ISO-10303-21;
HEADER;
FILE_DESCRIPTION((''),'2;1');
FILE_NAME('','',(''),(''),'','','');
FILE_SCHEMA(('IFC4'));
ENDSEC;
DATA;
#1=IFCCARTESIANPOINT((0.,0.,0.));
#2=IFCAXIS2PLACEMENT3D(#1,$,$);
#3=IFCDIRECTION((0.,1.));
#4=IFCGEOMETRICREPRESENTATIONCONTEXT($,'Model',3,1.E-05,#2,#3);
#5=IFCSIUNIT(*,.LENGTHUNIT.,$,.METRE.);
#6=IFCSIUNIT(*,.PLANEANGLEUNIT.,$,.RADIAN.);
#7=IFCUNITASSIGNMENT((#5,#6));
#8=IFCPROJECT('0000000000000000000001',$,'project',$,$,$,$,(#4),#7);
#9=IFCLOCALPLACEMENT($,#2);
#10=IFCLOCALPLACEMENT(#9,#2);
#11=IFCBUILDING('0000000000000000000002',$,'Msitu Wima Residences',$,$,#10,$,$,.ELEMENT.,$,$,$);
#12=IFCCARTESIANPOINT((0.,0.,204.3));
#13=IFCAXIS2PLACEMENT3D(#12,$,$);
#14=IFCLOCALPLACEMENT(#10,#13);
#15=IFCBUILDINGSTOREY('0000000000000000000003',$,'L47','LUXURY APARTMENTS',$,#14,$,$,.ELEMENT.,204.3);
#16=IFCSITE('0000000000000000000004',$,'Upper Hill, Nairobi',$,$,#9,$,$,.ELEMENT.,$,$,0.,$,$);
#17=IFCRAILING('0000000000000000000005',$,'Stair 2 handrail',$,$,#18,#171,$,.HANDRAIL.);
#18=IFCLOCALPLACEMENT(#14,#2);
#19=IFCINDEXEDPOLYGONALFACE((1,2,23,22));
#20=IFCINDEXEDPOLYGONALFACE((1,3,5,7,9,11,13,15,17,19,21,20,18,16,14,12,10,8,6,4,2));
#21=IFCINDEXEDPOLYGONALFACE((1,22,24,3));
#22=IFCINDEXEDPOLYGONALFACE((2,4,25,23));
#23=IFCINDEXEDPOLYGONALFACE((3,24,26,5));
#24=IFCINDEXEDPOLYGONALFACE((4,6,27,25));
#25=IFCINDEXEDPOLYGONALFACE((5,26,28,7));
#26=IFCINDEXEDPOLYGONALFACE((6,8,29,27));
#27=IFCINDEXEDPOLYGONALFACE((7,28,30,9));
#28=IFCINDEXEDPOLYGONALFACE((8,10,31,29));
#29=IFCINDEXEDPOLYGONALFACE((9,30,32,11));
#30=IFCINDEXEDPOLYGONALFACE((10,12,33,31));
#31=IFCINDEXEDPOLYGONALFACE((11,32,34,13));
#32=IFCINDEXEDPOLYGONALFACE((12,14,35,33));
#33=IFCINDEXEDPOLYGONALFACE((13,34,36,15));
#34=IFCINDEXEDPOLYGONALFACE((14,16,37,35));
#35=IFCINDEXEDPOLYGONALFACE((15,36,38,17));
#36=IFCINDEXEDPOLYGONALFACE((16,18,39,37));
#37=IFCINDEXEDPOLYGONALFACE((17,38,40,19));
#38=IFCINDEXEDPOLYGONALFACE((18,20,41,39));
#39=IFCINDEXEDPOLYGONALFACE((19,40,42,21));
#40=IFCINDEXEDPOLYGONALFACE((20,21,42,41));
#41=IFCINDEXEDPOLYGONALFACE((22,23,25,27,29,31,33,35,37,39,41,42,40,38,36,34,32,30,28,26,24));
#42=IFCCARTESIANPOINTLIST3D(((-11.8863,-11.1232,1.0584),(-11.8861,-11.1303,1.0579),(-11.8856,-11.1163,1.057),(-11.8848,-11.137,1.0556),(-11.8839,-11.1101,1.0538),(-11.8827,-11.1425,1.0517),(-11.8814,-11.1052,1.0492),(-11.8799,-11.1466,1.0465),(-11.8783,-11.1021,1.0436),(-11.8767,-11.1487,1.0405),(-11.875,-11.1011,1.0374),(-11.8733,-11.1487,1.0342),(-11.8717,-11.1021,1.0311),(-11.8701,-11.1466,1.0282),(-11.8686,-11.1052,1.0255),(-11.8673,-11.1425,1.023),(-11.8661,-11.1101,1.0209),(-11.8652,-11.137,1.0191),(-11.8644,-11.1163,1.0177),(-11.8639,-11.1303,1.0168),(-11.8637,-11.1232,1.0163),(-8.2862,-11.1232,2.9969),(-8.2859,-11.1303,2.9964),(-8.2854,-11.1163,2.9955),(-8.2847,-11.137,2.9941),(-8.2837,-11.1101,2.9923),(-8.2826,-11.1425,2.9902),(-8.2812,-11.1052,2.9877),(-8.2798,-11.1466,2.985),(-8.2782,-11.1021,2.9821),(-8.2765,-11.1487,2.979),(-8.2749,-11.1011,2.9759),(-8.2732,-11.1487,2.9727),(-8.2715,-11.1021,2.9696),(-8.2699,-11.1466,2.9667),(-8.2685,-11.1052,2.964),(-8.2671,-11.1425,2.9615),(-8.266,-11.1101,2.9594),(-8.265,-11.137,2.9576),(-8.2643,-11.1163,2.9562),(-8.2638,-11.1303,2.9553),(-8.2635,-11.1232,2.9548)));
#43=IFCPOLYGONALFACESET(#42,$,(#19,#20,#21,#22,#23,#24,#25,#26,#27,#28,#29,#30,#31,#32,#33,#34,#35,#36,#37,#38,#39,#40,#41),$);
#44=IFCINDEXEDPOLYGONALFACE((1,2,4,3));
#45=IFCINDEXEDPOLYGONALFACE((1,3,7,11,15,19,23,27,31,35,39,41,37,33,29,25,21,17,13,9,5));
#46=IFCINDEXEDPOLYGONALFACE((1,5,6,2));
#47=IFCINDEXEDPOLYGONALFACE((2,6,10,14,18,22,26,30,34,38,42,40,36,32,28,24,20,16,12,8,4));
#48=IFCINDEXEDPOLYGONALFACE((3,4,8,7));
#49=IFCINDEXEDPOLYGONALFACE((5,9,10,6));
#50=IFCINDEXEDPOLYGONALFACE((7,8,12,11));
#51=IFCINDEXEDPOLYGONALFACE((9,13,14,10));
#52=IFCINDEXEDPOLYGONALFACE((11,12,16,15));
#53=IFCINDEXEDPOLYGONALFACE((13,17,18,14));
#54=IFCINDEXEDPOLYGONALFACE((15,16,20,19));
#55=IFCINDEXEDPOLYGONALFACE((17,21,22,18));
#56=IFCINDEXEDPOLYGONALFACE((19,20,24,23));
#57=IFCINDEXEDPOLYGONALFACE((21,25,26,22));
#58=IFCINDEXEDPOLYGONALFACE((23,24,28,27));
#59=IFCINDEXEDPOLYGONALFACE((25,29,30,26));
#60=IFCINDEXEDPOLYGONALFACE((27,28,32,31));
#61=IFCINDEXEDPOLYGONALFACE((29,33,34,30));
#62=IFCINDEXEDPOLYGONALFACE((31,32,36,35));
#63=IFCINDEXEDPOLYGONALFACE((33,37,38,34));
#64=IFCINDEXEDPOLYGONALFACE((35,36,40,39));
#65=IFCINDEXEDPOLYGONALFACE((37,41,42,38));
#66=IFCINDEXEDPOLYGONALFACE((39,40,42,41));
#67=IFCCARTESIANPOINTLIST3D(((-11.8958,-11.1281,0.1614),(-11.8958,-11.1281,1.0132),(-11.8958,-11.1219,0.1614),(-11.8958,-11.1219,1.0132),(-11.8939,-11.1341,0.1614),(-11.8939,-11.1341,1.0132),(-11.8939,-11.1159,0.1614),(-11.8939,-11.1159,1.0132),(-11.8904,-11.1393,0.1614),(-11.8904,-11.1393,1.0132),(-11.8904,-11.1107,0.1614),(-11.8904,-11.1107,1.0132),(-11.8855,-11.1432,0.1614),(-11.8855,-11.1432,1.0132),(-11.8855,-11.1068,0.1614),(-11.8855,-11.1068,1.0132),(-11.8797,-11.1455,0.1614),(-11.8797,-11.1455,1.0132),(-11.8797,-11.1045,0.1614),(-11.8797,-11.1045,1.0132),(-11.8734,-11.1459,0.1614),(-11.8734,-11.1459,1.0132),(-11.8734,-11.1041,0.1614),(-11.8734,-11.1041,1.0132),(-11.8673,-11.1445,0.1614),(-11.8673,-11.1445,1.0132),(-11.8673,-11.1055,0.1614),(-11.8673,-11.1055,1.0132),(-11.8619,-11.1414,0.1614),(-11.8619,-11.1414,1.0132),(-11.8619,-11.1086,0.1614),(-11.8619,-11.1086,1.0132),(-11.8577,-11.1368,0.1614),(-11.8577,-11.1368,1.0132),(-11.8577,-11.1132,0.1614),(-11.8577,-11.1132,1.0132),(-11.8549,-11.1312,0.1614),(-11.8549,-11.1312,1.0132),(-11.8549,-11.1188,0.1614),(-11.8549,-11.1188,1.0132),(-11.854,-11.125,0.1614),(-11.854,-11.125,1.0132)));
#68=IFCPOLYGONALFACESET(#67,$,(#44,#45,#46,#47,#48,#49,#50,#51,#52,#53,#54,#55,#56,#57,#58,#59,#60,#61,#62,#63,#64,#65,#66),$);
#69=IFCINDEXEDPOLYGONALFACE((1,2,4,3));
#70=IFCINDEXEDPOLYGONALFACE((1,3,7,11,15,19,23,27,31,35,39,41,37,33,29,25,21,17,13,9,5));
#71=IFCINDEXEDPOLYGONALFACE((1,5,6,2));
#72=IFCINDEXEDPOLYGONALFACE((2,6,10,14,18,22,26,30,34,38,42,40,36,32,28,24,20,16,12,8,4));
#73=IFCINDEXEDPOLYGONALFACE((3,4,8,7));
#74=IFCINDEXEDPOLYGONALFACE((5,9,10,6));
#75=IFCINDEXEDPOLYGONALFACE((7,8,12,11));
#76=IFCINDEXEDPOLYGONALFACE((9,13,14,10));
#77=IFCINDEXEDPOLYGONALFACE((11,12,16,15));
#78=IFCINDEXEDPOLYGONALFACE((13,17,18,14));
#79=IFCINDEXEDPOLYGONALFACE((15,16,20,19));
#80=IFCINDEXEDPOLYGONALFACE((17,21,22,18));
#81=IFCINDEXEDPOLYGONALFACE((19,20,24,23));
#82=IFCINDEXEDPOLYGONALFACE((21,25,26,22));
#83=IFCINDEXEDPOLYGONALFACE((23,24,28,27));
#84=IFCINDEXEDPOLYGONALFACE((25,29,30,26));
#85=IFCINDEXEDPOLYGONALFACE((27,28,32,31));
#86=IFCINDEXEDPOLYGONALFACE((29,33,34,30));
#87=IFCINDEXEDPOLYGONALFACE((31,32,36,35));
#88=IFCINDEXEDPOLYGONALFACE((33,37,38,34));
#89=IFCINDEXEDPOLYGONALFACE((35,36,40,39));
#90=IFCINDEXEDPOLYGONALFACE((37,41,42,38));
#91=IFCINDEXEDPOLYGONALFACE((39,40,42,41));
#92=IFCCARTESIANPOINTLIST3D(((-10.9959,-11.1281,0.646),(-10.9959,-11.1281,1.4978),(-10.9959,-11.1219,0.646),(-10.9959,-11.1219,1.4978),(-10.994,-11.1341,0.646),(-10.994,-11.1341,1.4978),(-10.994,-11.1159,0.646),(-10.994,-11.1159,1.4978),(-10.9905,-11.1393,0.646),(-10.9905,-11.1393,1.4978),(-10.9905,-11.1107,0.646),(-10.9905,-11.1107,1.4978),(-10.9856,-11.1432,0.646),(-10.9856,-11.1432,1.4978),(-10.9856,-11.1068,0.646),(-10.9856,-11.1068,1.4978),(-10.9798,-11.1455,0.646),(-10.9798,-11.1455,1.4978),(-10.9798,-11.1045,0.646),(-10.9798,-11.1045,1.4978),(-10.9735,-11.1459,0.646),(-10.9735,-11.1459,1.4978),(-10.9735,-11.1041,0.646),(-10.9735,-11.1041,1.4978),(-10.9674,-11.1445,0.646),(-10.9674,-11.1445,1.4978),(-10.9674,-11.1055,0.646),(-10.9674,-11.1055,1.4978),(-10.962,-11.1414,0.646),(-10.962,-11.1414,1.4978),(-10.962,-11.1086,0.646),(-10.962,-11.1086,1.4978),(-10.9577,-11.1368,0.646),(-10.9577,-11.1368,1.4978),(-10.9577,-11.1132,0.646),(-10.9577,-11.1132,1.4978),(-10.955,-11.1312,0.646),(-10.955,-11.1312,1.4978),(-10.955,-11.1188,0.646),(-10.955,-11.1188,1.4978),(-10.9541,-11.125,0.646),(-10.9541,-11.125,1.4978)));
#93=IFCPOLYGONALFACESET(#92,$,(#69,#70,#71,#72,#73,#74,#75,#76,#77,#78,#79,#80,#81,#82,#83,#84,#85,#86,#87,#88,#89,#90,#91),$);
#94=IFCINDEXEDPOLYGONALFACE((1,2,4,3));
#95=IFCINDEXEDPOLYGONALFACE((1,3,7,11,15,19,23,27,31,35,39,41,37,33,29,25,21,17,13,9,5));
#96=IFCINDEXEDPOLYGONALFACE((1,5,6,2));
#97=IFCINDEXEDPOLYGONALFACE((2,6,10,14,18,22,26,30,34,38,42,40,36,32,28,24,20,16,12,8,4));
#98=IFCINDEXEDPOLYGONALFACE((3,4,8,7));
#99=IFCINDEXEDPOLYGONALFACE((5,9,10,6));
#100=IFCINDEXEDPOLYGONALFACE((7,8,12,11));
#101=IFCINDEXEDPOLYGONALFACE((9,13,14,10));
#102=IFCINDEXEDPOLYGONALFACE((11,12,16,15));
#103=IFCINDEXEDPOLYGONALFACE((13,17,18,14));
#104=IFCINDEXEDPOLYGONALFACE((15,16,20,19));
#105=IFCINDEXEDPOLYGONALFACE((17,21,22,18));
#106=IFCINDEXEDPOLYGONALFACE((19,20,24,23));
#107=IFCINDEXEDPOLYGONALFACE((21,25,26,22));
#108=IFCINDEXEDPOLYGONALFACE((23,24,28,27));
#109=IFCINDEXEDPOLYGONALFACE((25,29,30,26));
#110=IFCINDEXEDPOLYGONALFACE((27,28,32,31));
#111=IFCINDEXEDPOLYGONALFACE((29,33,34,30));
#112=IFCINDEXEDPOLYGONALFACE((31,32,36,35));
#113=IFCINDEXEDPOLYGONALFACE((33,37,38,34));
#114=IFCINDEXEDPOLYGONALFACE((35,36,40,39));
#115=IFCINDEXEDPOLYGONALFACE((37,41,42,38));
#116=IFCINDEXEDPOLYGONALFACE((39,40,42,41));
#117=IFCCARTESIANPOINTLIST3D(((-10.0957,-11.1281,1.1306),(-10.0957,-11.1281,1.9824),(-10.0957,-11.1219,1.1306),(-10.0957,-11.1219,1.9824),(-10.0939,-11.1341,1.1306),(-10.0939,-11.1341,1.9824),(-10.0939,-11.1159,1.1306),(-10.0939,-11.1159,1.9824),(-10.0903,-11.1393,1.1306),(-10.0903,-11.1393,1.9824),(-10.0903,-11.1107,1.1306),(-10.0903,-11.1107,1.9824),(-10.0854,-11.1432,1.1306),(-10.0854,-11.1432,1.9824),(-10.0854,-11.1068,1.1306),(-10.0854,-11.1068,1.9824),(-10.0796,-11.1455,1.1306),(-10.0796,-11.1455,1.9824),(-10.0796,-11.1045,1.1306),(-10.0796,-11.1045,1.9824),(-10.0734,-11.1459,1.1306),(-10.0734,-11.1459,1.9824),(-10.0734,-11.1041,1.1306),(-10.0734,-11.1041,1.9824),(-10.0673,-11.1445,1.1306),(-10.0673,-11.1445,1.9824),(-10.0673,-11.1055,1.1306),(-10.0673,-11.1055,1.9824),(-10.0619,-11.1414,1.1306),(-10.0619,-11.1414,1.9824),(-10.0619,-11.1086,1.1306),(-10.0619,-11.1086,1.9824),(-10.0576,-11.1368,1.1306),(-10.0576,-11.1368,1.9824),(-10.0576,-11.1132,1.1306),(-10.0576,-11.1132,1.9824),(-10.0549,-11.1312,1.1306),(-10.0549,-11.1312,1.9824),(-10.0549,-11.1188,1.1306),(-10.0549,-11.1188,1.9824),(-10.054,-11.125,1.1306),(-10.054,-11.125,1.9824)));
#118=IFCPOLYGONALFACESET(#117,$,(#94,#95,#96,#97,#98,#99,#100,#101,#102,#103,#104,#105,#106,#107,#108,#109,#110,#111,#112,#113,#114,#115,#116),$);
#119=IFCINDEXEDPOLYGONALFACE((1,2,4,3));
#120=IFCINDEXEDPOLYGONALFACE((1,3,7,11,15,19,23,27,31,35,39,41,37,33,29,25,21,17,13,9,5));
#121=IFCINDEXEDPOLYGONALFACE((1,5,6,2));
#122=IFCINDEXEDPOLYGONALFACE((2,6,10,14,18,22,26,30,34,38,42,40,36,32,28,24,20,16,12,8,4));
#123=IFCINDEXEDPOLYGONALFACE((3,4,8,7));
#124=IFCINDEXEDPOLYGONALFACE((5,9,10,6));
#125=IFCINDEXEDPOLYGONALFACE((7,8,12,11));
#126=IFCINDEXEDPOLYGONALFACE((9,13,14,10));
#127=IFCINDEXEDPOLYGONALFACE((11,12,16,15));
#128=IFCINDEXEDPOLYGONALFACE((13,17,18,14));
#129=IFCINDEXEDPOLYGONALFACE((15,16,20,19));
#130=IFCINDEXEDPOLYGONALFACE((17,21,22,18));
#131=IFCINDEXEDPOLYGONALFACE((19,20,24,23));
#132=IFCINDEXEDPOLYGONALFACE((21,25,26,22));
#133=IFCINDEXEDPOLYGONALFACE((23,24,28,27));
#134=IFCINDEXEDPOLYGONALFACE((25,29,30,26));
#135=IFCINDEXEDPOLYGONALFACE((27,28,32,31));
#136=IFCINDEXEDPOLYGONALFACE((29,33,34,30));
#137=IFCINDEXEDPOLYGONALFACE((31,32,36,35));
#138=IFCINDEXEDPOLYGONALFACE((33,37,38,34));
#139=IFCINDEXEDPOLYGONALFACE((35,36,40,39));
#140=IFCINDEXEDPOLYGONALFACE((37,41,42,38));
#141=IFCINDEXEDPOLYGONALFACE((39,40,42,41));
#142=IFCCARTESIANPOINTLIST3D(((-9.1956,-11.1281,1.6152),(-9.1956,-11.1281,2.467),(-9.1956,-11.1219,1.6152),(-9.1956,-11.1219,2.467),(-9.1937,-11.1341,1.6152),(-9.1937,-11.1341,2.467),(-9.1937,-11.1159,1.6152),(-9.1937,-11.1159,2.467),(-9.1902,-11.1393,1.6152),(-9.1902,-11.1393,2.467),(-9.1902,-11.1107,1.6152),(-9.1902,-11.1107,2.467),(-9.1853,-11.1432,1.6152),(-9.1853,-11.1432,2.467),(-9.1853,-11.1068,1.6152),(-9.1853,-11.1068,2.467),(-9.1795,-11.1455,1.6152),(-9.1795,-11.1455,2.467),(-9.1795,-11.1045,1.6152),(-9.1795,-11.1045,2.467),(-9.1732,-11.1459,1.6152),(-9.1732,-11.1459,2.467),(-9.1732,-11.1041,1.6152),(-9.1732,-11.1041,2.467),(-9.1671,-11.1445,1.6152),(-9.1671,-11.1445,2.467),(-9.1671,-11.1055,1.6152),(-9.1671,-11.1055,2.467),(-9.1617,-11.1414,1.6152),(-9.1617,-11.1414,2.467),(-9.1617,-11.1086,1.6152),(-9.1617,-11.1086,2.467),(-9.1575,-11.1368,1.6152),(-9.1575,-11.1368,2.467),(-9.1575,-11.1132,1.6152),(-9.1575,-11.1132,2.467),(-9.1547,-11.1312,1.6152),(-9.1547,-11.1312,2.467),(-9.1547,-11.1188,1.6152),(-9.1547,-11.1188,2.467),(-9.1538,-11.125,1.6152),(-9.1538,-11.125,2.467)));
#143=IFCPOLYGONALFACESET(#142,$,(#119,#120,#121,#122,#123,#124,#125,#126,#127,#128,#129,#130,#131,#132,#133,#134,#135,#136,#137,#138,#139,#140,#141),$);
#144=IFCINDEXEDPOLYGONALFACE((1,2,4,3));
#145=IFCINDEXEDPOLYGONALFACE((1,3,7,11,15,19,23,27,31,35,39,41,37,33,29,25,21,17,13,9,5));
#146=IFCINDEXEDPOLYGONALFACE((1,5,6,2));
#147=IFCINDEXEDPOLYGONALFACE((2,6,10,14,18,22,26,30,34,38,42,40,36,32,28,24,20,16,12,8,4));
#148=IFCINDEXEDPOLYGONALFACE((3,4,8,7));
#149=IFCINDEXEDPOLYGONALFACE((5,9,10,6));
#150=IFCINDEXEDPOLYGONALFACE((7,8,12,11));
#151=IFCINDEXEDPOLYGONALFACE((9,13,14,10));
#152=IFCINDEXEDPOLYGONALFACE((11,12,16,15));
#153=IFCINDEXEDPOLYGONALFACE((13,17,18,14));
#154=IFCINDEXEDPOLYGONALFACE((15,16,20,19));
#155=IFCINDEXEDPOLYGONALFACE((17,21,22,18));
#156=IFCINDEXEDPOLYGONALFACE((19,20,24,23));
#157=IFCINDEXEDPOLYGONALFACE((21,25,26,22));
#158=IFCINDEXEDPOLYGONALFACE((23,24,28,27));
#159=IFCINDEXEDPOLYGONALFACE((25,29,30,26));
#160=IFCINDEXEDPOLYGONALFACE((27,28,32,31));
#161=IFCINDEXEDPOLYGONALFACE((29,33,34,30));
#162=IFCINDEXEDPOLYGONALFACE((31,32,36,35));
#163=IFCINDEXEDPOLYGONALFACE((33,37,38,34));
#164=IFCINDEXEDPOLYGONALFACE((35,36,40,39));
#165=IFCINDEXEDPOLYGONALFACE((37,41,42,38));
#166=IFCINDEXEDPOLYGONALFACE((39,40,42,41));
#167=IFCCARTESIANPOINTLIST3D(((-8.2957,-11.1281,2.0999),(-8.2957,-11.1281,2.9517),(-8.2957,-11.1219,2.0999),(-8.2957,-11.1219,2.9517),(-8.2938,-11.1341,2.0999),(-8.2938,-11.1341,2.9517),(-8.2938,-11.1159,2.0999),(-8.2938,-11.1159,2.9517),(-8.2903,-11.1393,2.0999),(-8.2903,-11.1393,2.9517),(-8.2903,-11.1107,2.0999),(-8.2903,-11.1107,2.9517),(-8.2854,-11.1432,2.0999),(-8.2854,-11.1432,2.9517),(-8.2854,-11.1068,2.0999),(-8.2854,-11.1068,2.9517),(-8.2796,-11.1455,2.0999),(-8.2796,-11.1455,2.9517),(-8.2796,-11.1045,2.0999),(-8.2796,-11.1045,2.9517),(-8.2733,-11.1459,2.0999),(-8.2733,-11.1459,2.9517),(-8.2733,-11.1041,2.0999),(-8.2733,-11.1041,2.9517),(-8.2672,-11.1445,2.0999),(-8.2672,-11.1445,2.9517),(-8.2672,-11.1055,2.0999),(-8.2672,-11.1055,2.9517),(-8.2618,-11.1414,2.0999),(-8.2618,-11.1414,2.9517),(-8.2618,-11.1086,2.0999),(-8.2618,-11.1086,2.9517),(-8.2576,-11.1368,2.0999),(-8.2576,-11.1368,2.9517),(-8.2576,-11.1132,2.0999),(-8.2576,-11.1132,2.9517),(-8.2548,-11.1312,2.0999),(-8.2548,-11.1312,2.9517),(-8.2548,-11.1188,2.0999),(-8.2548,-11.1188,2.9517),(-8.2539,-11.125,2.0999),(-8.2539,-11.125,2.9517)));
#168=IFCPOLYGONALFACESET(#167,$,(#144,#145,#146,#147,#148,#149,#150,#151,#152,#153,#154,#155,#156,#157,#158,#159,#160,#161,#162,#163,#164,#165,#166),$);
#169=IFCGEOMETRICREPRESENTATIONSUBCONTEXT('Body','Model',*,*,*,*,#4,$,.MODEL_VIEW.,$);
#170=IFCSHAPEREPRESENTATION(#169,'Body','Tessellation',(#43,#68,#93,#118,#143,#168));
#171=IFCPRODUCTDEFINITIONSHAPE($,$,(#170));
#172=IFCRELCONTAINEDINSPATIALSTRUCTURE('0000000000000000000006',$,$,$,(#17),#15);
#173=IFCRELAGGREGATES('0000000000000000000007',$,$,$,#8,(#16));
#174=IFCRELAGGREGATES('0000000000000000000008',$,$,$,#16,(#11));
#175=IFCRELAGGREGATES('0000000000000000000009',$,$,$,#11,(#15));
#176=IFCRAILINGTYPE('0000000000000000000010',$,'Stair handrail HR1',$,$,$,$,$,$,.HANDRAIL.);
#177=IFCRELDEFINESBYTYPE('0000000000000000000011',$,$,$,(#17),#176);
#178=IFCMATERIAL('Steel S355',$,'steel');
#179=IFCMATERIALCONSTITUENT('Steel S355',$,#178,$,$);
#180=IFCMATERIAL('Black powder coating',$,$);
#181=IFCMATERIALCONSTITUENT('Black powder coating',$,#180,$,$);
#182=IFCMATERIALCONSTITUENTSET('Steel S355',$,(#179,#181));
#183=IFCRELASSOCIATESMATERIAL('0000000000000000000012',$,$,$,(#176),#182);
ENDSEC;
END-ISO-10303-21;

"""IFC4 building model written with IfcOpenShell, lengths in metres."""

from ifc_helpers import new_model, si_unit, direction, frame, origin, origin_2d, place, context, subcontext, project, spatial, circle, extrude, material, constituent, constituent_set, type_object, element, save


model = new_model("IFC4")

# Units and contexts
model_context = context("Model", 3, precision=1e-05, world=origin(), true_north=direction((0.0, 1.0)))
body_context = subcontext(model_context, "Body", "Model", "MODEL_VIEW")
ifc_project = project(units=[si_unit("LENGTHUNIT", "METRE"), si_unit("PLANEANGLEUNIT", "RADIAN")], contexts=[model_context])

# Site, building, storey
site_placement = place(None, origin())
site = spatial("IfcSite", under=ifc_project, at=site_placement, Name="Upper Hill, Nairobi", CompositionType="ELEMENT", RefElevation=0.0)
building_placement = place(site_placement, origin())
building = spatial("IfcBuilding", under=site, at=building_placement, Name="Msitu Wima Residences", CompositionType="ELEMENT")
storey_placement = place(building_placement, frame((0.0, 0.0, 204.3)))
storey = spatial("IfcBuildingStorey", under=building, at=storey_placement, Name="L47", Description="LUXURY APARTMENTS", CompositionType="ELEMENT", Elevation=204.3)

# Railing
ifc_material_1 = material(Name="Steel S355", Category="steel")
ifc_constituent_1 = constituent(ifc_material_1, Name="Steel S355")
ifc_material_2 = material(Name="Black powder coating")
ifc_constituent_2 = constituent(ifc_material_2, Name="Black powder coating")
ifc_constituent_set = constituent_set(constituents=[ifc_constituent_1, ifc_constituent_2], Name="Steel S355")
railing_type = type_object("IfcRailingType", Name="Stair handrail HR1", PredefinedType="HANDRAIL", material=ifc_constituent_set)
for number, where, name in (
    (1, (-11.875, -11.125, 0.1614), "Stair 2 handrail"),
):
    element("IfcRailing", number, at=place(storey_placement, frame(where)), inside=storey, type_object=railing_type, Name=name, PredefinedType="HANDRAIL", context=body_context, shape_type="SweptSolid", body=[
        extrude(circle(Radius=0.0239, at=origin_2d()), frame((0.0, 0.0, 0.876), z_axis=(0.880475, 0.0, 0.474093), x_axis=(0.0, 1.0, 0.0)), (0.0, 0.0, 1.0), 4.0889),
        extrude(circle(Radius=0.021, at=origin_2d()), origin(), (0.0, 0.0, 1.0), 0.8518),
        extrude(circle(Radius=0.021, at=origin_2d()), frame((0.8999, 0.0, 0.4846)), (0.0, 0.0, 1.0), 0.8518),
        extrude(circle(Radius=0.021, at=origin_2d()), frame((1.8, 0.0, 0.9692)), (0.0, 0.0, 1.0), 0.8518),
        extrude(circle(Radius=0.021, at=origin_2d()), frame((2.7002, 0.0, 1.4539)), (0.0, 0.0, 1.0), 0.8518),
        extrude(circle(Radius=0.021, at=origin_2d()), frame((3.6001, 0.0, 1.9385)), (0.0, 0.0, 1.0), 0.8518),
    ])

save(model, "model.ifc")
